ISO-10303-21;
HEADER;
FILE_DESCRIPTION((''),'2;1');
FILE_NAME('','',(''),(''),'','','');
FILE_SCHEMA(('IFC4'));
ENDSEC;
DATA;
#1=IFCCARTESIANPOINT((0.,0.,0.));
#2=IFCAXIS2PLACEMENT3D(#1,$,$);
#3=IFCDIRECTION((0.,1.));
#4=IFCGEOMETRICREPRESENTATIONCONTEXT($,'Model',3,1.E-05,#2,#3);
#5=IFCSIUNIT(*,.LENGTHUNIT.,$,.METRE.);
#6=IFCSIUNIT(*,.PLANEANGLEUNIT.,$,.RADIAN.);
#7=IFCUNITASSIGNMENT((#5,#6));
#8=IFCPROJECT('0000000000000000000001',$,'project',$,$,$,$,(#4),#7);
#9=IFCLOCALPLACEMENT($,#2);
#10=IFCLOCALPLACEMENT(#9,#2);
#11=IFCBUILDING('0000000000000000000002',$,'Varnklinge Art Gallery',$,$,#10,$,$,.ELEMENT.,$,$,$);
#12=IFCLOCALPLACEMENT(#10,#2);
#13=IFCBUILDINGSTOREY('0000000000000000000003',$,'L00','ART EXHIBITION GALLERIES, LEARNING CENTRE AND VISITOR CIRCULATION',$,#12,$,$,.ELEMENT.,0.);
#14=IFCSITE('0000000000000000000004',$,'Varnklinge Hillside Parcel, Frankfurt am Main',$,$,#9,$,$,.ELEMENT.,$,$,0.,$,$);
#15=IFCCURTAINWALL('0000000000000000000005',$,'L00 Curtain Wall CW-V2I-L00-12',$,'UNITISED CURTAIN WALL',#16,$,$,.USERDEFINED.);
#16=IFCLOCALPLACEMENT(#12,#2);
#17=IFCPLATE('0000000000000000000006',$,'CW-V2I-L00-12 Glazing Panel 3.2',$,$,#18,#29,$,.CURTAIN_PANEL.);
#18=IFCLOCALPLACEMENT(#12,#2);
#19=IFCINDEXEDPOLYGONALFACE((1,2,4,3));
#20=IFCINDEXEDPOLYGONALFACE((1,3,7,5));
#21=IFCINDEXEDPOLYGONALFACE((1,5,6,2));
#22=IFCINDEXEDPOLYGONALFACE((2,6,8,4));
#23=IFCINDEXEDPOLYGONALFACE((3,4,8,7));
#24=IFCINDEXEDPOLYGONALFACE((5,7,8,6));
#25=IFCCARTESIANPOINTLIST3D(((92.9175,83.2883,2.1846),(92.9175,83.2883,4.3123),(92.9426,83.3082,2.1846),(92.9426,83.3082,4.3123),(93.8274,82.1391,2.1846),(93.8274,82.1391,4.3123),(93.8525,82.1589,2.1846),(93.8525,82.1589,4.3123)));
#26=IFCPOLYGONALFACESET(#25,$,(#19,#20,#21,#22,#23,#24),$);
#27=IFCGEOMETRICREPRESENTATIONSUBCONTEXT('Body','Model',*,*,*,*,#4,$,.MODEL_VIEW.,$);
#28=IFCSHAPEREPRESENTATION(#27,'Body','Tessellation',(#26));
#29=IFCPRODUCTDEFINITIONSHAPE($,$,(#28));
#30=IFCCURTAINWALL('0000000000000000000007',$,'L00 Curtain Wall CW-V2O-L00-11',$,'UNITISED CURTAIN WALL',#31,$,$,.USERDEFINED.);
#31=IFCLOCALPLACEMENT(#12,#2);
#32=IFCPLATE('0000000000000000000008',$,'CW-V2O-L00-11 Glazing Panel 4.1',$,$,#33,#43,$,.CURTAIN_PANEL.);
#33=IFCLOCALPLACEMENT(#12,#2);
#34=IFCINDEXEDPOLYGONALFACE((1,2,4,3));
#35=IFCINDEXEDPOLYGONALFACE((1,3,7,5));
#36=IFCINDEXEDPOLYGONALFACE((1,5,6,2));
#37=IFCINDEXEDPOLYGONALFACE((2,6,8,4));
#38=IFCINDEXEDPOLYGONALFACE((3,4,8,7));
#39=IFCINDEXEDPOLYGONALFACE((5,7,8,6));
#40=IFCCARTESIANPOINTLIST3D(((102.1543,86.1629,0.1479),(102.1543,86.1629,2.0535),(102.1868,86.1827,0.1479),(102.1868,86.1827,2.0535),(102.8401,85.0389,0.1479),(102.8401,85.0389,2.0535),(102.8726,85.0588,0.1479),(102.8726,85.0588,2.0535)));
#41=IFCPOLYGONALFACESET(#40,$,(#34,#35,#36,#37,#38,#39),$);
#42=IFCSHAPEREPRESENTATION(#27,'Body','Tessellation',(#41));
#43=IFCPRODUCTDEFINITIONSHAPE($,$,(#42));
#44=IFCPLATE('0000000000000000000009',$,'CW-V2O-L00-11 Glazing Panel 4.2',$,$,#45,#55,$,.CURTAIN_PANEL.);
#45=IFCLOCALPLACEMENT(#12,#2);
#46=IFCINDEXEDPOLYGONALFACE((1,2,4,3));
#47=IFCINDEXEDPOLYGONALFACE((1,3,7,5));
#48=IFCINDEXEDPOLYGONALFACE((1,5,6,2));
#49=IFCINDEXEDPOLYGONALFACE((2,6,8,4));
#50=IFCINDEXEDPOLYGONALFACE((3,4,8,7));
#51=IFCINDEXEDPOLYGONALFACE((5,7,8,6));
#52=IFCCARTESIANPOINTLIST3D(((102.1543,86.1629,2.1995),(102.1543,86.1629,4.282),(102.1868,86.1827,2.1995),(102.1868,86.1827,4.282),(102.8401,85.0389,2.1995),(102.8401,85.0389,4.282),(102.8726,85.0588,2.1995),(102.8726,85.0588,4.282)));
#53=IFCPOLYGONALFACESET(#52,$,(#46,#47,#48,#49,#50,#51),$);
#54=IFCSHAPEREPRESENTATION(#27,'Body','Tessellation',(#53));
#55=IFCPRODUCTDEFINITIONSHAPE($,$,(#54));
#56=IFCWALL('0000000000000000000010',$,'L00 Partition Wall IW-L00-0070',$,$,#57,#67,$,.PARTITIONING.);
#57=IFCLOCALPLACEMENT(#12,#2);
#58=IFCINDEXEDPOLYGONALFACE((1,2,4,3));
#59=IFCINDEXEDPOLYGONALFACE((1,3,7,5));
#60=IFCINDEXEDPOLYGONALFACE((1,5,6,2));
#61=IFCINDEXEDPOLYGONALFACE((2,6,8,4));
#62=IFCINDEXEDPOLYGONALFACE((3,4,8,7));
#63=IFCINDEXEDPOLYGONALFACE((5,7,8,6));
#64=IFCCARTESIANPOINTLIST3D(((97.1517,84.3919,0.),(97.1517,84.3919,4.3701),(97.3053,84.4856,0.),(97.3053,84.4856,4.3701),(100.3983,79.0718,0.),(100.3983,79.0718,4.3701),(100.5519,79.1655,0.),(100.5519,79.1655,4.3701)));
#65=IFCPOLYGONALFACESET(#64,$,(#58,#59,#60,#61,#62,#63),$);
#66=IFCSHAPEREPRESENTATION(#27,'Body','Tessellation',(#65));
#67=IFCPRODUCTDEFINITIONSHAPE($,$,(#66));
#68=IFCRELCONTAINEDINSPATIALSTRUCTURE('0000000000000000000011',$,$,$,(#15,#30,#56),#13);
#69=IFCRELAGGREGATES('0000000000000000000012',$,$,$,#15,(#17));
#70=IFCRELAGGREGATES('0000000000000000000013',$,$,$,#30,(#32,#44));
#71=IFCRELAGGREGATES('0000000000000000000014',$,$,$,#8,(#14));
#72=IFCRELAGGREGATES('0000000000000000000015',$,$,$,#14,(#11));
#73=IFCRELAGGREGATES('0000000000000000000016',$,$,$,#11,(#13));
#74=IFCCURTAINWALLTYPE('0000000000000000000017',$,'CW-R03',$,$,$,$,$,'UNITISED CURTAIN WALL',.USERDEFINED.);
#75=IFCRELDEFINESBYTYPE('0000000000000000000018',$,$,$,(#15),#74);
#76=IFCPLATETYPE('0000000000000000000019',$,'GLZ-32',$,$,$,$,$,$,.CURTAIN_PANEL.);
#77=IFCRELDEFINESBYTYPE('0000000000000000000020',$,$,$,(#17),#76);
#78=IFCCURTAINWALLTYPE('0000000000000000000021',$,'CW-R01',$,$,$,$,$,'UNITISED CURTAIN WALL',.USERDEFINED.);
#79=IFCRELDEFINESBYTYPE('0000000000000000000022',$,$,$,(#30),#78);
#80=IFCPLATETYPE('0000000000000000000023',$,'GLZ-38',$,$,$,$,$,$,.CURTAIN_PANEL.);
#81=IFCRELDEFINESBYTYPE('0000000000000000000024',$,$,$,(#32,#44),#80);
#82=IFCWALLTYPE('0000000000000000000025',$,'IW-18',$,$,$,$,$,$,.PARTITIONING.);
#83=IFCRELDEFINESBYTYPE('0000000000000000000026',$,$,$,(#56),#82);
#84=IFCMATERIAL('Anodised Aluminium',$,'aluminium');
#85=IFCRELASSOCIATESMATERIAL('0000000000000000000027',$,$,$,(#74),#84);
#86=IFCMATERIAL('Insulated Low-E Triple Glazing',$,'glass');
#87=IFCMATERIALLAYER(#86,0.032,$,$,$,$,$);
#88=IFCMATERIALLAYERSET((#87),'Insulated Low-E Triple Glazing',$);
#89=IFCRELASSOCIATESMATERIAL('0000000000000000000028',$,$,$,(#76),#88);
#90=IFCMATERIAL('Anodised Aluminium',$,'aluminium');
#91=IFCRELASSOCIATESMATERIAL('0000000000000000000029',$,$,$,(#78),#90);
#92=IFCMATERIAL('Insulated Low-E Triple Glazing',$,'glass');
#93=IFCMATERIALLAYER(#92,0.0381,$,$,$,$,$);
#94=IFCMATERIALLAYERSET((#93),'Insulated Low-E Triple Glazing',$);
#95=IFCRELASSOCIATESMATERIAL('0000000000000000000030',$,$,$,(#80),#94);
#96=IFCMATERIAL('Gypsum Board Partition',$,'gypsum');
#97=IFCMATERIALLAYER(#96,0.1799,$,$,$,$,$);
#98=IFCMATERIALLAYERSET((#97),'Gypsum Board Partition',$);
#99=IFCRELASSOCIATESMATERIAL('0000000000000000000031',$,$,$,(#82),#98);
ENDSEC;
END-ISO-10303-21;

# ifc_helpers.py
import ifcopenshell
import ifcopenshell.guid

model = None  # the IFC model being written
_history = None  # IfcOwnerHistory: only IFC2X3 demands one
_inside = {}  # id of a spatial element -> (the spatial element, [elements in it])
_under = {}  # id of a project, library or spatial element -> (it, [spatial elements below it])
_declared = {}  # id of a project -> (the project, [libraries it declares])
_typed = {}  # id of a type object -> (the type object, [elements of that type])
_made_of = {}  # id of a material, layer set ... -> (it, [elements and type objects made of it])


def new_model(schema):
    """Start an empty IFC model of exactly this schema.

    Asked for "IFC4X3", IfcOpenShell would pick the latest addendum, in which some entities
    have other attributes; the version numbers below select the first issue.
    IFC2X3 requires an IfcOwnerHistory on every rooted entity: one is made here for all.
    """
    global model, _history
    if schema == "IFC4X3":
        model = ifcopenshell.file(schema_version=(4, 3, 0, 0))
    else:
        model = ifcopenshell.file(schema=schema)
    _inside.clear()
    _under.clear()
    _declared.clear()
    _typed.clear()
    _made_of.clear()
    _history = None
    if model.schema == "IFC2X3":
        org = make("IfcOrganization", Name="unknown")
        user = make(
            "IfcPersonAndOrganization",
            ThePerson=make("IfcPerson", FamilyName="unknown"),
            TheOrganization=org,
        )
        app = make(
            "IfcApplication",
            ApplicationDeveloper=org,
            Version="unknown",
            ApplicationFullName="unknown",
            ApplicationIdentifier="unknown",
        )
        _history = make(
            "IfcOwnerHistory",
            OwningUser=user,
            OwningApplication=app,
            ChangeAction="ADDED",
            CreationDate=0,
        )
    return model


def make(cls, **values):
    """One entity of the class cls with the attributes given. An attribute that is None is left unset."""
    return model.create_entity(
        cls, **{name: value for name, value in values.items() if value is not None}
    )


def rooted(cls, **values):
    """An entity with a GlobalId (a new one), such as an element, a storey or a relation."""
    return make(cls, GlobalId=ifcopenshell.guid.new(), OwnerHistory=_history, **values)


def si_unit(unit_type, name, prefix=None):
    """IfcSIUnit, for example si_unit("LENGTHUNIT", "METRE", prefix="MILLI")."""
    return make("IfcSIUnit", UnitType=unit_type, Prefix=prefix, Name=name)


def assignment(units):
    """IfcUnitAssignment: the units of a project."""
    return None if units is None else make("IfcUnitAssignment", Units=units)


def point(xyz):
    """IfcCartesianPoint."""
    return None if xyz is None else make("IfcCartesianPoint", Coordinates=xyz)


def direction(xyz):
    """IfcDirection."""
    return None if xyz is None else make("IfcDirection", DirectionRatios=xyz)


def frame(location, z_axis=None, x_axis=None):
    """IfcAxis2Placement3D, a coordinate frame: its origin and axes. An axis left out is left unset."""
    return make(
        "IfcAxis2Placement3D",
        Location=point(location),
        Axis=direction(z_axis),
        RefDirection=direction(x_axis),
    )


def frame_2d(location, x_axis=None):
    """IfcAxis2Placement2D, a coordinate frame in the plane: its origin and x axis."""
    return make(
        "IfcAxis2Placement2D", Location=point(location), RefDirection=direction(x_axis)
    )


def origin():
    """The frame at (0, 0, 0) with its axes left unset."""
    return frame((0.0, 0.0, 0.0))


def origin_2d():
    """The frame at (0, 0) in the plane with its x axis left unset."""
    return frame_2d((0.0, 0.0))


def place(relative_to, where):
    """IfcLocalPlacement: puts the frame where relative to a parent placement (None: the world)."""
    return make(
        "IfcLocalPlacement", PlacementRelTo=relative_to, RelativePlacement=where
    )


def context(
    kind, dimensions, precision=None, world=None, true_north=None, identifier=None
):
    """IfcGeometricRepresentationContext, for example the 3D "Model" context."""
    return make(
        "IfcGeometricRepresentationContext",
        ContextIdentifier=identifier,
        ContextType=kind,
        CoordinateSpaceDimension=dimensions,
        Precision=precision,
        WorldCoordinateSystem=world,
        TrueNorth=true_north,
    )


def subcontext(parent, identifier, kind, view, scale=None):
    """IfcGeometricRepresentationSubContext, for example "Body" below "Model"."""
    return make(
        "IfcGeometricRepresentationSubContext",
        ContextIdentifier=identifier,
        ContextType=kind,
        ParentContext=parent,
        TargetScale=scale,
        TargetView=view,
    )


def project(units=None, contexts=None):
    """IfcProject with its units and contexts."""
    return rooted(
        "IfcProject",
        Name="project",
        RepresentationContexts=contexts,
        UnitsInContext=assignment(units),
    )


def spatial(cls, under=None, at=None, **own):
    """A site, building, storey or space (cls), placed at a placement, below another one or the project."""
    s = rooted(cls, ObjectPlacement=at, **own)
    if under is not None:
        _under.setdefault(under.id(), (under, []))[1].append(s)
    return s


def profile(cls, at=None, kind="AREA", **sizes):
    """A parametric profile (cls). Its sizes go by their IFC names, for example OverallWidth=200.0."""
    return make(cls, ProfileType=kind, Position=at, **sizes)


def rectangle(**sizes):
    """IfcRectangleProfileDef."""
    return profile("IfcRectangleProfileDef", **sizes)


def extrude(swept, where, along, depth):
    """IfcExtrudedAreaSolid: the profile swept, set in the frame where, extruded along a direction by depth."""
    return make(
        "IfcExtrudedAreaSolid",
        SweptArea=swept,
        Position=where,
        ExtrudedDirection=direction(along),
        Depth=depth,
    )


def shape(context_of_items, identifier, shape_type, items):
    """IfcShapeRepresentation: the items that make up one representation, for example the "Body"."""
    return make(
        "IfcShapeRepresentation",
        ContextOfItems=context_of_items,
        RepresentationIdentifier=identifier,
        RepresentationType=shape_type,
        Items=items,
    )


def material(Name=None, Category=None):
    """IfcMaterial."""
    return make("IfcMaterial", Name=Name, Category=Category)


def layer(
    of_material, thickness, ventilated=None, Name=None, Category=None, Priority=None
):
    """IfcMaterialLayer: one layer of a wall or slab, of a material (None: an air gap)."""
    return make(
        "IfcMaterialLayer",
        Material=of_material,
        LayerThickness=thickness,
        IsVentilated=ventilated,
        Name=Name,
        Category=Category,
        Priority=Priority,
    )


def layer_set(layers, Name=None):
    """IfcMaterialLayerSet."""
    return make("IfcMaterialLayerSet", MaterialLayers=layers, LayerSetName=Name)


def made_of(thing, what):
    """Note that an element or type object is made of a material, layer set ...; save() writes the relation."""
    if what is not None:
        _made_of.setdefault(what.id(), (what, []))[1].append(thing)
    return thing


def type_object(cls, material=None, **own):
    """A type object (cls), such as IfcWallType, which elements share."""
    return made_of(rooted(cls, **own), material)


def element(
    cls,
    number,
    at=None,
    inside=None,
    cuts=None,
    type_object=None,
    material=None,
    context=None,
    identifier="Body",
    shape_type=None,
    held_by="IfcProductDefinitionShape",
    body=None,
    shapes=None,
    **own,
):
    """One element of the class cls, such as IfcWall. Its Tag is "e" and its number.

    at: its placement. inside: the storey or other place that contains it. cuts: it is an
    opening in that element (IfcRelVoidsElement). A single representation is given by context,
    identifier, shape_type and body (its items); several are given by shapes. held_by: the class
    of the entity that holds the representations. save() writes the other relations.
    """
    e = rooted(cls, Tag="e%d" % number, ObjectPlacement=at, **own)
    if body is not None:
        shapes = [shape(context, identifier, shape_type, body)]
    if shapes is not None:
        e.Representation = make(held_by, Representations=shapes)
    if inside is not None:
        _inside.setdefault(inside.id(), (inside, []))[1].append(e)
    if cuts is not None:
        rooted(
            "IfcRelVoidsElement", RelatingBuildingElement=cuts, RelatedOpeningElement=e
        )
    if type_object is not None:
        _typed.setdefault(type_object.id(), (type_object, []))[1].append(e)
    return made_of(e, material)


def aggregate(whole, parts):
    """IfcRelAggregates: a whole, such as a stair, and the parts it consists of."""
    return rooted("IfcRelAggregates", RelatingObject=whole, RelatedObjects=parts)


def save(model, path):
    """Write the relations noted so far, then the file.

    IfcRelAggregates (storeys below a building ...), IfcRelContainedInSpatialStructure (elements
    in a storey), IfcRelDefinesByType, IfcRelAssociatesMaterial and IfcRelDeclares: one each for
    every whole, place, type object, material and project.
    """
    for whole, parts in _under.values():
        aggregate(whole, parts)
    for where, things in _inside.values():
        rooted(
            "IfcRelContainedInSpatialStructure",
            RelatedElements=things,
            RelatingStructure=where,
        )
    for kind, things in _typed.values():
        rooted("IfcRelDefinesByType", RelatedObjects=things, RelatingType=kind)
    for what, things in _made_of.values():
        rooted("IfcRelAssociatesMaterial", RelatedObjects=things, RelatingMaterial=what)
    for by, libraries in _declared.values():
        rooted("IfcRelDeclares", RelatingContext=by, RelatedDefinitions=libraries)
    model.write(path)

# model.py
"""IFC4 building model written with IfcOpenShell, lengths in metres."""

from ifc_helpers import new_model, si_unit, direction, frame, frame_2d, origin, origin_2d, place, context, subcontext, project, spatial, rectangle, extrude, material, layer, layer_set, type_object, element, aggregate, save


model = new_model("IFC4")

# Units and contexts
model_context = context("Model", 3, precision=1e-05, world=origin(), true_north=direction((0.0, 1.0)))
body_context = subcontext(model_context, "Body", "Model", "MODEL_VIEW")
ifc_project = project(units=[si_unit("LENGTHUNIT", "METRE"), si_unit("PLANEANGLEUNIT", "RADIAN")], contexts=[model_context])

# Site, building, storey
site_placement = place(None, origin())
site = spatial("IfcSite", under=ifc_project, at=site_placement, Name="Varnklinge Hillside Parcel, Frankfurt am Main", CompositionType="ELEMENT", RefElevation=0.0)
building_placement = place(site_placement, origin())
building = spatial("IfcBuilding", under=site, at=building_placement, Name="Varnklinge Art Gallery", CompositionType="ELEMENT")
storey_placement = place(building_placement, origin())
storey = spatial("IfcBuildingStorey", under=building, at=storey_placement, Name="L00", Description="ART EXHIBITION GALLERIES, LEARNING CENTRE AND VISITOR CIRCULATION", CompositionType="ELEMENT", Elevation=0.0)

# Curtain wall
ifc_material_1 = material(Name="Anodised Aluminium", Category="aluminium")
curtain_wall_type_1 = type_object("IfcCurtainWallType", Name="CW-R03", ElementType="UNITISED CURTAIN WALL", PredefinedType="USERDEFINED", material=ifc_material_1)
curtain_wall_1_placement = place(storey_placement, origin())
curtain_wall_1 = element("IfcCurtainWall", 1, at=curtain_wall_1_placement, inside=storey, type_object=curtain_wall_type_1, Name="L00 Curtain Wall CW-V2I-L00-12", ObjectType="UNITISED CURTAIN WALL", PredefinedType="USERDEFINED")

# Plate
ifc_material_2 = material(Name="Insulated Low-E Triple Glazing", Category="glass")
ifc_layer_1 = layer(ifc_material_2, 0.032)
ifc_layer_set_1 = layer_set([ifc_layer_1], Name="Insulated Low-E Triple Glazing")
plate_type_1 = type_object("IfcPlateType", Name="GLZ-32", PredefinedType="CURTAIN_PANEL", material=ifc_layer_set_1)
plate_1_placement = place(storey_placement, frame((93.385, 82.7236, 2.1846), z_axis=(0.0, 0.0, 1.0), x_axis=(0.620737, -0.784019, 0.0)))
plate_1 = element("IfcPlate", 2, at=plate_1_placement, type_object=plate_type_1, Name="CW-V2I-L00-12 Glazing Panel 3.2", PredefinedType="CURTAIN_PANEL", context=body_context, shape_type="SweptSolid", body=[
    extrude(rectangle(XDim=1.4658, YDim=0.032, at=origin_2d()), origin(), (0.0, 0.0, 1.0), 2.1277),
])
aggregate(curtain_wall_1, [plate_1])

# Curtain wall, plates
ifc_material_3 = material(Name="Anodised Aluminium", Category="aluminium")
curtain_wall_type_2 = type_object("IfcCurtainWallType", Name="CW-R01", ElementType="UNITISED CURTAIN WALL", PredefinedType="USERDEFINED", material=ifc_material_3)
curtain_wall_2_placement = place(storey_placement, origin())
curtain_wall_2 = element("IfcCurtainWall", 3, at=curtain_wall_2_placement, inside=storey, type_object=curtain_wall_type_2, Name="L00 Curtain Wall CW-V2O-L00-11", ObjectType="UNITISED CURTAIN WALL", PredefinedType="USERDEFINED")
ifc_material_4 = material(Name="Insulated Low-E Triple Glazing", Category="glass")
ifc_layer_2 = layer(ifc_material_4, 0.0381)
ifc_layer_set_2 = layer_set([ifc_layer_2], Name="Insulated Low-E Triple Glazing")
plate_type_2 = type_object("IfcPlateType", Name="GLZ-38", PredefinedType="CURTAIN_PANEL", material=ifc_layer_set_2)
plate_2_placement = place(storey_placement, frame((102.5134, 85.6108, 0.1479), z_axis=(0.0, 0.0, 1.0), x_axis=(-0.520861, 0.853642, 0.0)))
plate_2 = element("IfcPlate", 4, at=plate_2_placement, type_object=plate_type_2, Name="CW-V2O-L00-11 Glazing Panel 4.1", PredefinedType="CURTAIN_PANEL", context=body_context, shape_type="SweptSolid", body=[
    extrude(rectangle(XDim=1.3167, YDim=0.0381, at=origin_2d()), origin(), (0.0, 0.0, 1.0), 1.9055),
])
plate_3_placement = place(storey_placement, frame((102.5134, 85.6108, 2.1995), z_axis=(0.0, 0.0, 1.0), x_axis=(-0.520861, 0.853642, 0.0)))
plate_3 = element("IfcPlate", 5, at=plate_3_placement, type_object=plate_type_2, Name="CW-V2O-L00-11 Glazing Panel 4.2", PredefinedType="CURTAIN_PANEL", context=body_context, shape_type="SweptSolid", body=[
    extrude(rectangle(XDim=1.3167, YDim=0.0381, at=origin_2d()), origin(), (0.0, 0.0, 1.0), 2.0825),
])
aggregate(curtain_wall_2, [plate_2, plate_3])

# Wall
ifc_material_5 = material(Name="Gypsum Board Partition", Category="gypsum")
ifc_layer_3 = layer(ifc_material_5, 0.1799)
ifc_layer_set_3 = layer_set([ifc_layer_3], Name="Gypsum Board Partition")
wall_type = type_object("IfcWallType", Name="IW-18", PredefinedType="PARTITIONING", material=ifc_layer_set_3)
wall_placement = place(storey_placement, frame((97.2285, 84.4387, 0.0), z_axis=(0.0, 0.0, 1.0), x_axis=(0.520916, -0.853608, 0.0)))
element("IfcWall", 6, at=wall_placement, inside=storey, type_object=wall_type, Name="L00 Partition Wall IW-L00-0070", PredefinedType="PARTITIONING", context=body_context, shape_type="SweptSolid", body=[
    extrude(rectangle(XDim=6.2324, YDim=0.1799, at=frame_2d((3.1162, 0.0))), origin(), (0.0, 0.0, 1.0), 4.3701),
])

save(model, "model.ifc")
